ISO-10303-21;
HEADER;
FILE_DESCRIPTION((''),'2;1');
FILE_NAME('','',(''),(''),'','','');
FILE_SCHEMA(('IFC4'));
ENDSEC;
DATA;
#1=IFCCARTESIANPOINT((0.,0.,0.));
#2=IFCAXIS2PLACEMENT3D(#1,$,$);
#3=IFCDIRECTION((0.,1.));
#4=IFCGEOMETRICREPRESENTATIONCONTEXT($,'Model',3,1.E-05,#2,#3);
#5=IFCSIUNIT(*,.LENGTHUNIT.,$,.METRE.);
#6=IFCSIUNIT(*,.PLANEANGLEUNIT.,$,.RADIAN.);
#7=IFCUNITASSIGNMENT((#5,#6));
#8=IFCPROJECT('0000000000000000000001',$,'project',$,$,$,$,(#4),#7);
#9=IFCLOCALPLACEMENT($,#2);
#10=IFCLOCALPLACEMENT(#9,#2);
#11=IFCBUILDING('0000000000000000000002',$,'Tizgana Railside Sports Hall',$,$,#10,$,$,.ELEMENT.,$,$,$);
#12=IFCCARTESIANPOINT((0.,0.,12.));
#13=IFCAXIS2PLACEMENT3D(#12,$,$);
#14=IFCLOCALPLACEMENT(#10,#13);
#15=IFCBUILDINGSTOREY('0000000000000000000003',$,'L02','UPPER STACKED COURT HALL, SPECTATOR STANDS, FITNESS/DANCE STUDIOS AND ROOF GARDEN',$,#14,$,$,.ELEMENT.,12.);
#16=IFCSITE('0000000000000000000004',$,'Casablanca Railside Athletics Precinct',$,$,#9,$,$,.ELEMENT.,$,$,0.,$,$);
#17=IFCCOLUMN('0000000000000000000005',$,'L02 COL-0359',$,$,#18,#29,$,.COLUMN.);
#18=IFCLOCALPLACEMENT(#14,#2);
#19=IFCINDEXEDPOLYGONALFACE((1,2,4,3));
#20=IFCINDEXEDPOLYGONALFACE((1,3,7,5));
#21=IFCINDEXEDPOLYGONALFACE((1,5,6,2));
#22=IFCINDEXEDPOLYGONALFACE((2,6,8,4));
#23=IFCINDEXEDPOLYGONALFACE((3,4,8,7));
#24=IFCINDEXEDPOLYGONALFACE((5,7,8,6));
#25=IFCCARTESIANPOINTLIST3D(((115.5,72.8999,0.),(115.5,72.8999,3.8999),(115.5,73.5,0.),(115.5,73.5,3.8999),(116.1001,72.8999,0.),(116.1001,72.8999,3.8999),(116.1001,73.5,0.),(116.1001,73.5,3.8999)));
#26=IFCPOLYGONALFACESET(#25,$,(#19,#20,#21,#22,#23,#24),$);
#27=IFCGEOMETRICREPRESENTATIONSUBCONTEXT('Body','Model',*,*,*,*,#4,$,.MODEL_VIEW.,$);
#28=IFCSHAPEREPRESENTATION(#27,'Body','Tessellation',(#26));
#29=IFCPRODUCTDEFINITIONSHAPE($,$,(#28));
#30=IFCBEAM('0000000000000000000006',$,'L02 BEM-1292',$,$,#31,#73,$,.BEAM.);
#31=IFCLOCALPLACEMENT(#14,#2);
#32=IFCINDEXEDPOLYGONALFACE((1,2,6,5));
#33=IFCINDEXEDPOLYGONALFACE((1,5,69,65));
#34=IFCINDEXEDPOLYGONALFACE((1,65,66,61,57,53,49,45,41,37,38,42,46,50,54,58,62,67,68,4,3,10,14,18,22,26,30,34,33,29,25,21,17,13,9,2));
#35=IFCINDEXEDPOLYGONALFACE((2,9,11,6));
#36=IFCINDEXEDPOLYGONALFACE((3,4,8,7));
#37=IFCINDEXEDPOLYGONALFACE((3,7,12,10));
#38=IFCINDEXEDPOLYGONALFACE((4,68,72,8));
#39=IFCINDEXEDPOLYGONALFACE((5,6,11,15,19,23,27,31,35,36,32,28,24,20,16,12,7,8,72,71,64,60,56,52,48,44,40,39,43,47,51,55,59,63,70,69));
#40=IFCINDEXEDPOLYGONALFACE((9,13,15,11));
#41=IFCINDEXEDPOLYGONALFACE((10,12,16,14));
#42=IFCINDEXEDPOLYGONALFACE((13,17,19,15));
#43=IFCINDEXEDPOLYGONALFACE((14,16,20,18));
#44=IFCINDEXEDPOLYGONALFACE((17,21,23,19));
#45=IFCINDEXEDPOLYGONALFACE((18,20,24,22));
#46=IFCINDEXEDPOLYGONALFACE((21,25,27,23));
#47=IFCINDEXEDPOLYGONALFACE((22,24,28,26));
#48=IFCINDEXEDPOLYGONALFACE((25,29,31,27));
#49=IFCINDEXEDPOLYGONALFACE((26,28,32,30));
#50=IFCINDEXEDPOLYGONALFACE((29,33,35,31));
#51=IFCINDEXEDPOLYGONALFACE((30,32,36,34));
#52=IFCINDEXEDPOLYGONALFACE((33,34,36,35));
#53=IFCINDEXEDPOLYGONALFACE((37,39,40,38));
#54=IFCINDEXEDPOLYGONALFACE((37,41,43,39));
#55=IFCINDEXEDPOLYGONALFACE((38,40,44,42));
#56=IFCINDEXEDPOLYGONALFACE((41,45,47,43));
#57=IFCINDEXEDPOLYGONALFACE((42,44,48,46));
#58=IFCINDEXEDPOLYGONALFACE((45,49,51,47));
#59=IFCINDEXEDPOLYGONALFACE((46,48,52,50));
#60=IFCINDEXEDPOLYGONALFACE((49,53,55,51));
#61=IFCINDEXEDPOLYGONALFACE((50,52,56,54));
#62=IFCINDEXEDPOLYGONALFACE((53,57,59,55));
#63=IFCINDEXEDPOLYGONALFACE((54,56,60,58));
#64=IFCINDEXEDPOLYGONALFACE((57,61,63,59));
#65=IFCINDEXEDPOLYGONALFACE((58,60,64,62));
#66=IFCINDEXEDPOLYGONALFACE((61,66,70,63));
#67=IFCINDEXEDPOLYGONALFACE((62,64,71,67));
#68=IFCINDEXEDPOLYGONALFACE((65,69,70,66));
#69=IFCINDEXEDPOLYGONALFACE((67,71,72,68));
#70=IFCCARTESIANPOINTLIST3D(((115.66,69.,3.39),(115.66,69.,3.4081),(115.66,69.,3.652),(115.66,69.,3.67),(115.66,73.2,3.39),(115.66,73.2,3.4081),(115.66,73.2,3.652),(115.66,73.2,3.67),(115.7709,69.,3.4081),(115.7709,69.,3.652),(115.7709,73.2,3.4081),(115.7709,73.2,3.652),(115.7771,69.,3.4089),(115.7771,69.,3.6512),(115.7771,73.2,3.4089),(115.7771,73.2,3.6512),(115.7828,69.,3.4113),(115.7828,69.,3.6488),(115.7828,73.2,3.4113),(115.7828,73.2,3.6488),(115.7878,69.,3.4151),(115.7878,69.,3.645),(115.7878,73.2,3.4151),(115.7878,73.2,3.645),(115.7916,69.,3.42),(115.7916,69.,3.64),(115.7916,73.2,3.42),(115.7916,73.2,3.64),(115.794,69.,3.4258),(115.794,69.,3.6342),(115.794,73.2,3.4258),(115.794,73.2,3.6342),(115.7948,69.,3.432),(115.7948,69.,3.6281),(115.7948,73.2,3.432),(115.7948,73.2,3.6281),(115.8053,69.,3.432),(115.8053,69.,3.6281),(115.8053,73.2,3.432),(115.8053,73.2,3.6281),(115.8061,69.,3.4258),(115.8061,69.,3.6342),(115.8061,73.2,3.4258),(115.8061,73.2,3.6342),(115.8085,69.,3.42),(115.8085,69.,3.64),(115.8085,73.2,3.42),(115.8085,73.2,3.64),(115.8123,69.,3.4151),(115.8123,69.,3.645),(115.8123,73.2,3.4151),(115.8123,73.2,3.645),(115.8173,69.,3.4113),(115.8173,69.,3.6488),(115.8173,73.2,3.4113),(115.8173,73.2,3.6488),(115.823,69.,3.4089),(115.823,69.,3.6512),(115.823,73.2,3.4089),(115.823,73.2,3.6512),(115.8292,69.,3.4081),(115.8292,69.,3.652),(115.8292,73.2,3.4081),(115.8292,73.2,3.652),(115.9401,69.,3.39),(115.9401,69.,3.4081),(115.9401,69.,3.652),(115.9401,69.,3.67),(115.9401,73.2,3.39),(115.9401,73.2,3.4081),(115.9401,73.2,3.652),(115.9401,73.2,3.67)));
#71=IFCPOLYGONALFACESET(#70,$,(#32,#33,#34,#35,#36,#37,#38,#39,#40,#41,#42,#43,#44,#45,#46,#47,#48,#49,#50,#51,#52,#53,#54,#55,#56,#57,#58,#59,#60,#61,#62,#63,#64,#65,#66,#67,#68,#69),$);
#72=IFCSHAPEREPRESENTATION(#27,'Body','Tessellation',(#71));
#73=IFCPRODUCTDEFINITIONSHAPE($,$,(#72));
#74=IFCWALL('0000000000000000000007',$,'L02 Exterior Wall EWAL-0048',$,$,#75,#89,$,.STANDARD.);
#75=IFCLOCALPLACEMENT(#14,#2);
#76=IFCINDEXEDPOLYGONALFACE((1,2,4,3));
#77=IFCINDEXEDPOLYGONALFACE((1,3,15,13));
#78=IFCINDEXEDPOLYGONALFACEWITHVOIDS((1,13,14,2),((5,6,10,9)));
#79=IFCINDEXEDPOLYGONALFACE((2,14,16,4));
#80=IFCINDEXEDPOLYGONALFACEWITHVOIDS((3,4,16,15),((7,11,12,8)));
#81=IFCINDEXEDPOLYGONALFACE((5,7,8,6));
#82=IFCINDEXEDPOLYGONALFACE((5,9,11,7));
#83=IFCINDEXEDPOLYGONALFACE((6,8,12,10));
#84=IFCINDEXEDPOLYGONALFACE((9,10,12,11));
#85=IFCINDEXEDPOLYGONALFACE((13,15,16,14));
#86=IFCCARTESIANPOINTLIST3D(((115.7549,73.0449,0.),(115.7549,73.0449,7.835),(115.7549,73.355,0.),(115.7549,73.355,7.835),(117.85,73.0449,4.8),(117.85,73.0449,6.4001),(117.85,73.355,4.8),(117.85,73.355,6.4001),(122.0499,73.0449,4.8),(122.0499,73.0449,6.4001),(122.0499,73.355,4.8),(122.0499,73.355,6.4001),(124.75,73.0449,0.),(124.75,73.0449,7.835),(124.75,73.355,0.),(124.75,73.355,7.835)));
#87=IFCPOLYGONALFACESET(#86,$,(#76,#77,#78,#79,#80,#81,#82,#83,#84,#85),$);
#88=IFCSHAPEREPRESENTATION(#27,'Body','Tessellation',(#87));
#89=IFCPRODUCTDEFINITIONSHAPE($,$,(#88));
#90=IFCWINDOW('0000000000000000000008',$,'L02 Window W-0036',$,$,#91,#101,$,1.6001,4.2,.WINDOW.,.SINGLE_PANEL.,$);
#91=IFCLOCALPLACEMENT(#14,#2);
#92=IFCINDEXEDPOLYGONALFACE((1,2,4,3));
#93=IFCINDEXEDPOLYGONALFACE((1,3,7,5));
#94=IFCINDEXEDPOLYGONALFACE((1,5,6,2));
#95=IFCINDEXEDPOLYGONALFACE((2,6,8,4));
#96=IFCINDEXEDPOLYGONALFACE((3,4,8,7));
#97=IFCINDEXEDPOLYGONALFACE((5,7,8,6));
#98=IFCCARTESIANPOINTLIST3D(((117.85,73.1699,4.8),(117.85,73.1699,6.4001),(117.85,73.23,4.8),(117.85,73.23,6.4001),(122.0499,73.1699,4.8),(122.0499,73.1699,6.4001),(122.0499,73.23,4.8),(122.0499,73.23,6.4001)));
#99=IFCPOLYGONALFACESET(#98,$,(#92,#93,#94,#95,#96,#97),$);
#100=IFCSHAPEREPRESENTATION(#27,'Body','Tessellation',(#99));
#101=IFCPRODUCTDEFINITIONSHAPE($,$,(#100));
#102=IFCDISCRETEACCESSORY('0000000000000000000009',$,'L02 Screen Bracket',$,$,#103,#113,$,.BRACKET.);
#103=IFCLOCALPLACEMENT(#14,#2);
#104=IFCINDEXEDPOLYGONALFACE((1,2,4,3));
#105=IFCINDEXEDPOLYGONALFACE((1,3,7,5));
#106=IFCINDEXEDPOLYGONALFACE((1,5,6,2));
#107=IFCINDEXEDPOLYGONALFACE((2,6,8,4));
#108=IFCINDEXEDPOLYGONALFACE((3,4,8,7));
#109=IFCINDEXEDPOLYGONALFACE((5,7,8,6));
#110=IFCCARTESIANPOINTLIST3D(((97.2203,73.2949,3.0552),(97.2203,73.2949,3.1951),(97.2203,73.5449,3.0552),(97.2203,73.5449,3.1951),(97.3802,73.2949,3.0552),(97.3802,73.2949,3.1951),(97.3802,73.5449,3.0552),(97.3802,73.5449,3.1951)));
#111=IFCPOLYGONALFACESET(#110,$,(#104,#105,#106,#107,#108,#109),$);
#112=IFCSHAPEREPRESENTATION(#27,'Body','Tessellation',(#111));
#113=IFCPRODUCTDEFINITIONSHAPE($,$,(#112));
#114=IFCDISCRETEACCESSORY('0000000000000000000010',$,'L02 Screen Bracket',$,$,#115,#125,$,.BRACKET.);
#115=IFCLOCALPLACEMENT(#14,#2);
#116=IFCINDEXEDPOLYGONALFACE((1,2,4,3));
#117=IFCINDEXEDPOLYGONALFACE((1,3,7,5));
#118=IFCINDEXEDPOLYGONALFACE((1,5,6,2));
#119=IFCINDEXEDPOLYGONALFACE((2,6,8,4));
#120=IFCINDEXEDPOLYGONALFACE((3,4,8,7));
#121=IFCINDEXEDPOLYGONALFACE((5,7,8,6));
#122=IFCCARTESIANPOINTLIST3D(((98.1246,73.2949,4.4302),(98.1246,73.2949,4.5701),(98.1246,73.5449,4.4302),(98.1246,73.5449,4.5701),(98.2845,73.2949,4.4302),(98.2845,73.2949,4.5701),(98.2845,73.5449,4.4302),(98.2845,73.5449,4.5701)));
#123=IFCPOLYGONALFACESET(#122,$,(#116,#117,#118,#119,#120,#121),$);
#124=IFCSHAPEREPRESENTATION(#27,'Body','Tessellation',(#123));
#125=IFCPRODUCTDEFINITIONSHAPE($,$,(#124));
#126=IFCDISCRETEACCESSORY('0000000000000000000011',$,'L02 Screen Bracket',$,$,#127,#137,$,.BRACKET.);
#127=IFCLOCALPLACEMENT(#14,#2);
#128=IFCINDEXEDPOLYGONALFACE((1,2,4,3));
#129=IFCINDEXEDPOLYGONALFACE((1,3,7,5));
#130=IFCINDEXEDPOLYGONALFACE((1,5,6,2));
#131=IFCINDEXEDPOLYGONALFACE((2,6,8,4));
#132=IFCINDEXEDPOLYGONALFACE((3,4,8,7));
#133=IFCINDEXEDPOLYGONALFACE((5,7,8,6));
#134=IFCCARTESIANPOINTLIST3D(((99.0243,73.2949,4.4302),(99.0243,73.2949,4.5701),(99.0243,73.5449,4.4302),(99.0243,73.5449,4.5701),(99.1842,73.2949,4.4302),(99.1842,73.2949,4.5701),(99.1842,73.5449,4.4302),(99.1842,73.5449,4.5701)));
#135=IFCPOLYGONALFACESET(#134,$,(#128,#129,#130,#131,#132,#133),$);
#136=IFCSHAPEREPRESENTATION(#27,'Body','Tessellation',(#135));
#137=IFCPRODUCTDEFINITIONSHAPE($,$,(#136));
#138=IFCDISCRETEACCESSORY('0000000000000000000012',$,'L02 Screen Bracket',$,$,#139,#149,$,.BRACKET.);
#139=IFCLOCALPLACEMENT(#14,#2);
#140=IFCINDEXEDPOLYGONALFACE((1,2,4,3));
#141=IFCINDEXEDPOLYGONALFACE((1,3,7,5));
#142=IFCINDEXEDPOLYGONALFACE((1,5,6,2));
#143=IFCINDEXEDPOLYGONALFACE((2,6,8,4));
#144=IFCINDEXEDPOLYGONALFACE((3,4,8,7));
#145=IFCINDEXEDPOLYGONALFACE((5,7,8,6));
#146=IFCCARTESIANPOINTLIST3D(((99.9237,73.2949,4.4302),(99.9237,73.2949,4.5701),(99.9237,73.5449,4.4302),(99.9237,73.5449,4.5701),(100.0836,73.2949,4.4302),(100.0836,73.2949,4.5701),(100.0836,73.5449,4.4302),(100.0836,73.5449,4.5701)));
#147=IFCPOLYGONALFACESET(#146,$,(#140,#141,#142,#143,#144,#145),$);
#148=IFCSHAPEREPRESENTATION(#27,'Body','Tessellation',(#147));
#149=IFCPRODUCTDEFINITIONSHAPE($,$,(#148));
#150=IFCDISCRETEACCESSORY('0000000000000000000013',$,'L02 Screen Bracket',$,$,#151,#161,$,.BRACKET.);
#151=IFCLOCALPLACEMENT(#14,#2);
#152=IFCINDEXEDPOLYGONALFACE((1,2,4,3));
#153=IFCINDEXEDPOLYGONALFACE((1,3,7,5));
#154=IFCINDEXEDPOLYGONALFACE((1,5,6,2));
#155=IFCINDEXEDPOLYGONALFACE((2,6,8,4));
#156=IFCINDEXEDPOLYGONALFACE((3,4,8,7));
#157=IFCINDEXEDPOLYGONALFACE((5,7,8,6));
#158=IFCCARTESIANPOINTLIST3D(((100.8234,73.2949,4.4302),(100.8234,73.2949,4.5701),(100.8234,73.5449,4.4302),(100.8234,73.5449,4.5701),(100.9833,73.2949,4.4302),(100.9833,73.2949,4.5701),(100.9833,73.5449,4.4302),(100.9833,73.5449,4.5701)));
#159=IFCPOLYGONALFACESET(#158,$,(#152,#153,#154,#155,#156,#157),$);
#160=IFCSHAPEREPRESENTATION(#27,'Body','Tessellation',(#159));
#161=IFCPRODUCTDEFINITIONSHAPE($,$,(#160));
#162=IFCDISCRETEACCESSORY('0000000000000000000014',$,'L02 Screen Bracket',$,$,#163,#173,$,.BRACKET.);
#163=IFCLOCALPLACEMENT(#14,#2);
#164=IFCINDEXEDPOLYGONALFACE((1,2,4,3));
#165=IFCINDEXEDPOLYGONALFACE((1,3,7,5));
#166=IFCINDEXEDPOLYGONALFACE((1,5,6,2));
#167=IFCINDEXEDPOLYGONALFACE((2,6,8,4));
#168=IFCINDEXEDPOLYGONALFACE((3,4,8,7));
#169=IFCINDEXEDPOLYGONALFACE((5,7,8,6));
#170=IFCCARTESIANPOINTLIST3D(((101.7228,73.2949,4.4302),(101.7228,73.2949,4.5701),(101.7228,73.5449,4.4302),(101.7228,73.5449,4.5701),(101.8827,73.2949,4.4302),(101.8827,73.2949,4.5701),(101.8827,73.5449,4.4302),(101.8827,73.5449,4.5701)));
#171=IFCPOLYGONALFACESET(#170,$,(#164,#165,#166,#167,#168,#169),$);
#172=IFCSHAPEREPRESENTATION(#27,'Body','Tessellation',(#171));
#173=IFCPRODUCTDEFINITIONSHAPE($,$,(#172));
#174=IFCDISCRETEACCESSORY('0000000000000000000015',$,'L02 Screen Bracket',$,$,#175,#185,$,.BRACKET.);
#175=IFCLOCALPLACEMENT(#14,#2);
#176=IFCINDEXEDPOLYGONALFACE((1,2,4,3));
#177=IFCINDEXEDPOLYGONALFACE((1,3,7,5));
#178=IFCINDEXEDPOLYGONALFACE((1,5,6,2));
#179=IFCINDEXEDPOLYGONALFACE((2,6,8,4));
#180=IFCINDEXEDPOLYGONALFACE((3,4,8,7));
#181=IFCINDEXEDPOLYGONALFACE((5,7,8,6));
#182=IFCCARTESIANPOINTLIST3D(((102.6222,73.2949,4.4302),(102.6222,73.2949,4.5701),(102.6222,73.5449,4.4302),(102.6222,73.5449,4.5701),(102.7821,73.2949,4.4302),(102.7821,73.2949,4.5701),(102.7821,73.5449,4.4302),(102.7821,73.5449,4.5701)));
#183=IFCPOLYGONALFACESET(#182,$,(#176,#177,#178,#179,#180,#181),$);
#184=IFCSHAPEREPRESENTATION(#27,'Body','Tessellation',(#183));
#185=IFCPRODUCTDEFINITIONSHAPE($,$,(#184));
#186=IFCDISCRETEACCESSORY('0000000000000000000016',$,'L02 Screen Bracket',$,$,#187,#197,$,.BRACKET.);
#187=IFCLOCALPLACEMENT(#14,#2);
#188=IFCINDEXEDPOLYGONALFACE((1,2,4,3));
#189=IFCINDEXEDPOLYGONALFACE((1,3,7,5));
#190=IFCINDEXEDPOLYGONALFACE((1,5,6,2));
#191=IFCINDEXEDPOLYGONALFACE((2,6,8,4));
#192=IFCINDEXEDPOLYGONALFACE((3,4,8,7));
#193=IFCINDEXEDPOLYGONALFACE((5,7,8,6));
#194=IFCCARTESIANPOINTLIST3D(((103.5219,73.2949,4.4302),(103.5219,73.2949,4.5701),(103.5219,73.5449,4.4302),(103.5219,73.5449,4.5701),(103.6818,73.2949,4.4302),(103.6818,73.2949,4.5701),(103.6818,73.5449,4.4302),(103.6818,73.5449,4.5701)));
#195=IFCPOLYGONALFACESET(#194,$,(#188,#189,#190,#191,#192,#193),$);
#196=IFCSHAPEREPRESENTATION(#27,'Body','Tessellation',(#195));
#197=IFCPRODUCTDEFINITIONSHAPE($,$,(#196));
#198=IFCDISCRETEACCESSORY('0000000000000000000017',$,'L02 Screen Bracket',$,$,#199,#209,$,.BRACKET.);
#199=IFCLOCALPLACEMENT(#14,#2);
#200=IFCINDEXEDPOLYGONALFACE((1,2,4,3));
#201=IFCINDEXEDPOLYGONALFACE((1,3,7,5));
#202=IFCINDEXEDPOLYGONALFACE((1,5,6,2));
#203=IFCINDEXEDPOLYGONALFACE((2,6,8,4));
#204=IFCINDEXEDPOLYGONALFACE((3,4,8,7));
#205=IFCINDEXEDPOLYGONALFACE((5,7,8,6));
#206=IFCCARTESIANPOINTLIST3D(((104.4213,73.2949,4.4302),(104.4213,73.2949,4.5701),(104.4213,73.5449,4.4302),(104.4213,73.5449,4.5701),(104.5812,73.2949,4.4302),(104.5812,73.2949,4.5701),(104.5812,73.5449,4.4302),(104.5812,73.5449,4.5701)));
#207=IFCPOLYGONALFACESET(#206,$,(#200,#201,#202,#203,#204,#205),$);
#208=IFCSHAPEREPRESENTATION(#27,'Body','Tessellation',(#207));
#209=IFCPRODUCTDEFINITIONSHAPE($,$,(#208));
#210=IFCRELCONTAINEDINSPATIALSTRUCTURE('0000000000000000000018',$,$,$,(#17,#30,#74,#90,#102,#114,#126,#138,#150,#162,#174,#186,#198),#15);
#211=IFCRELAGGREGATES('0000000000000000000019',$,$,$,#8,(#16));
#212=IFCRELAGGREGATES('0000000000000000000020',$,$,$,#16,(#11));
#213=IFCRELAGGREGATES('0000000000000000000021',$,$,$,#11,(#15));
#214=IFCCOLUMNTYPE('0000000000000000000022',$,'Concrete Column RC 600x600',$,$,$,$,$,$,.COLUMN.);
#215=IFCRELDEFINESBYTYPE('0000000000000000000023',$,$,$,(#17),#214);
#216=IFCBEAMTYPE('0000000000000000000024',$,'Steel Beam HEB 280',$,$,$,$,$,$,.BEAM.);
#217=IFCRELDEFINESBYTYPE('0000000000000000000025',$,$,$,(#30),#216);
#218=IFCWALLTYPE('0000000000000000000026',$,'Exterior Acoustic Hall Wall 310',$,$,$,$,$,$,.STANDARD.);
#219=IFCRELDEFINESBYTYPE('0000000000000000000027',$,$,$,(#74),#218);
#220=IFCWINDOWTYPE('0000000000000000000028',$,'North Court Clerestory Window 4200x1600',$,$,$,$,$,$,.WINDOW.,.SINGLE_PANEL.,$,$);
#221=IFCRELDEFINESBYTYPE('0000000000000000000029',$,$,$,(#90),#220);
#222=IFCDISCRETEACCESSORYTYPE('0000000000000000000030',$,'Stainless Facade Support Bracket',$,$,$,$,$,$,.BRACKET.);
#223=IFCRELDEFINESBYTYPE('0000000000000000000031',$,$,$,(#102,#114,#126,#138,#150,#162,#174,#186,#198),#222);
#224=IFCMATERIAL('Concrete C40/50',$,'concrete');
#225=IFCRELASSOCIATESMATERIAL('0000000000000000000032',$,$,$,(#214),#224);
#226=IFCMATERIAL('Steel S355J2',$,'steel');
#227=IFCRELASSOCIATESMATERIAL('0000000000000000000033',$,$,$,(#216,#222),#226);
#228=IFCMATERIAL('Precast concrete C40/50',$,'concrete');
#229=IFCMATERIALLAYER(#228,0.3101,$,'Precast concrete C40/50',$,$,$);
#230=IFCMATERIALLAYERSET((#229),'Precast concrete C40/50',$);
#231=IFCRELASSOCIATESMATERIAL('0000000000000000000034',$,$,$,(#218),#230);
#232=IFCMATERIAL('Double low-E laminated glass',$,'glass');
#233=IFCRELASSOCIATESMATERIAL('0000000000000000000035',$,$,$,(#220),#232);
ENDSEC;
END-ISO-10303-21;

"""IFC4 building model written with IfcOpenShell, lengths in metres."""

from ifc_helpers import new_model, si_unit, direction, frame, frame_2d, origin, origin_2d, place, context, subcontext, project, spatial, rectangle, i_section, extrude, material, layer, layer_set, material_profile, profile_set, type_object, element, fill, save


model = new_model("IFC4")

# Units and contexts
model_context = context("Model", 3, precision=1e-05, world=origin(), true_north=direction((0.0, 1.0)))
body_context = subcontext(model_context, "Body", "Model", "MODEL_VIEW")
ifc_project = project(units=[si_unit("LENGTHUNIT", "METRE"), si_unit("PLANEANGLEUNIT", "RADIAN")], contexts=[model_context])

# Site, building, storey
site_placement = place(None, origin())
site = spatial("IfcSite", under=ifc_project, at=site_placement, Name="Casablanca Railside Athletics Precinct", CompositionType="ELEMENT", RefElevation=0.0)
building_placement = place(site_placement, origin())
building = spatial("IfcBuilding", under=site, at=building_placement, Name="Tizgana Railside Sports Hall", CompositionType="ELEMENT")
storey_placement = place(building_placement, frame((0.0, 0.0, 12.0)))
storey = spatial("IfcBuildingStorey", under=building, at=storey_placement, Name="L02", Description="UPPER STACKED COURT HALL, SPECTATOR STANDS, FITNESS/DANCE STUDIOS AND ROOF GARDEN", CompositionType="ELEMENT", Elevation=12.0)

# Column
ifc_material_1 = material(Name="Concrete C40/50", Category="concrete")
ifc_material_profile_1 = material_profile(ifc_material_1, rectangle(XDim=0.6001, YDim=0.6001, at=origin_2d()), Name="RC 600x600")
ifc_profile_set_1 = profile_set([ifc_material_profile_1], Name="Concrete C40/50")
column_type = type_object("IfcColumnType", Name="Concrete Column RC 600x600", PredefinedType="COLUMN", material=ifc_profile_set_1)
column_placement = place(storey_placement, frame((115.8, 73.2, 0.0), z_axis=(0.0, 0.0, 1.0), x_axis=(1.0, 0.0, 0.0)))
element("IfcColumn", 1, at=column_placement, inside=storey, type_object=column_type, Name="L02 COL-0359", PredefinedType="COLUMN", context=body_context, shape_type="SweptSolid", body=[
    extrude(rectangle(XDim=0.6001, YDim=0.6001, at=origin_2d()), origin(), (0.0, 0.0, 1.0), 3.8999),
])

# Beam
ifc_material_2 = material(Name="Steel S355J2", Category="steel")
ifc_material_profile_2 = material_profile(ifc_material_2, i_section(OverallWidth=0.28, OverallDepth=0.28, WebThickness=0.0105, FlangeThickness=0.0181, FilletRadius=0.0239, at=origin_2d()), Name="HEB 280")
ifc_profile_set_2 = profile_set([ifc_material_profile_2], Name="Steel S355J2")
beam_type = type_object("IfcBeamType", Name="Steel Beam HEB 280", PredefinedType="BEAM", material=ifc_profile_set_2)
beam_placement = place(storey_placement, frame((115.8, 73.2, 3.53), z_axis=(0.0, -1.0, 0.0), x_axis=(1.0, 0.0, 0.0)))
element("IfcBeam", 2, at=beam_placement, inside=storey, type_object=beam_type, Name="L02 BEM-1292", PredefinedType="BEAM", context=body_context, shape_type="SweptSolid", body=[
    extrude(i_section(OverallWidth=0.28, OverallDepth=0.28, WebThickness=0.0105, FlangeThickness=0.0181, FilletRadius=0.0239, at=origin_2d()), origin(), (0.0, 0.0, 1.0), 4.2),
])

# Wall, opening, window
ifc_material_3 = material(Name="Precast concrete C40/50", Category="concrete")
ifc_layer = layer(ifc_material_3, 0.3101, Name="Precast concrete C40/50")
ifc_layer_set = layer_set([ifc_layer], Name="Precast concrete C40/50")
wall_type = type_object("IfcWallType", Name="Exterior Acoustic Hall Wall 310", PredefinedType="STANDARD", material=ifc_layer_set)
wall_placement = place(storey_placement, frame((115.7549, 73.2, 0.0), z_axis=(0.0, 0.0, 1.0), x_axis=(1.0, 0.0, 0.0)))
wall = element("IfcWall", 3, at=wall_placement, inside=storey, type_object=wall_type, Name="L02 Exterior Wall EWAL-0048", PredefinedType="STANDARD", context=body_context, shape_type="SweptSolid", body=[
    extrude(rectangle(XDim=8.9951, YDim=0.3101, at=frame_2d((4.4976, 0.0))), origin(), (0.0, 0.0, 1.0), 7.835),
])
opening_placement = place(wall_placement, frame((2.095, 0.0, 4.8)))
opening = element("IfcOpeningElement", 4, at=opening_placement, cuts=wall, PredefinedType="OPENING", context=body_context, shape_type="SweptSolid", body=[
    extrude(rectangle(XDim=4.2, YDim=1.6001, at=frame_2d((2.1001, 0.8))), frame((0.0, 0.165, 0.0), z_axis=(0.0, -1.0, 0.0), x_axis=(1.0, 0.0, 0.0)), (0.0, 0.0, 1.0), 0.3301),
])
ifc_material_4 = material(Name="Double low-E laminated glass", Category="glass")
window_type = type_object("IfcWindowType", Name="North Court Clerestory Window 4200x1600", PartitioningType="SINGLE_PANEL", PredefinedType="WINDOW", material=ifc_material_4)
window_placement = place(opening_placement, origin())
window = element("IfcWindow", 5, at=window_placement, inside=storey, type_object=window_type, Name="L02 Window W-0036", OverallHeight=1.6001, OverallWidth=4.2, PartitioningType="SINGLE_PANEL", PredefinedType="WINDOW", context=body_context, shape_type="SweptSolid", body=[
    extrude(rectangle(XDim=4.2, YDim=1.6001, at=frame_2d((2.1001, 0.8))), frame((0.0, 0.03, 0.0), z_axis=(0.0, -1.0, 0.0), x_axis=(1.0, 0.0, 0.0)), (0.0, 0.0, 1.0), 0.0601),
])
fill(opening, window)

# Discrete accessories
discrete_accessory_type = type_object("IfcDiscreteAccessoryType", Name="Stainless Facade Support Bracket", PredefinedType="BRACKET", material=ifc_material_2)
for number, where, z_axis, x_axis, name in (
    (6, (97.3003, 73.4199, 3.0552), (0.0, 0.0, 1.0), (1.0, 0.0, 0.0), "L02 Screen Bracket"),
    (7, (98.2046, 73.4199, 4.4302), (0.0, 0.0, 1.0), (1.0, 0.0, 0.0), "L02 Screen Bracket"),
    (8, (99.1042, 73.4199, 4.4302), (0.0, 0.0, 1.0), (1.0, 0.0, 0.0), "L02 Screen Bracket"),
    (9, (100.0037, 73.4199, 4.4302), (0.0, 0.0, 1.0), (1.0, 0.0, 0.0), "L02 Screen Bracket"),
    (10, (100.9033, 73.4199, 4.4302), (0.0, 0.0, 1.0), (1.0, 0.0, 0.0), "L02 Screen Bracket"),
    (11, (101.8027, 73.4199, 4.4302), (0.0, 0.0, 1.0), (1.0, 0.0, 0.0), "L02 Screen Bracket"),
    (12, (102.7021, 73.4199, 4.4302), (0.0, 0.0, 1.0), (1.0, 0.0, 0.0), "L02 Screen Bracket"),
    (13, (103.6018, 73.4199, 4.4302), (0.0, 0.0, 1.0), (1.0, 0.0, 0.0), "L02 Screen Bracket"),
    (14, (104.5012, 73.4199, 4.4302), (0.0, 0.0, 1.0), (1.0, 0.0, 0.0), "L02 Screen Bracket"),
):
    element("IfcDiscreteAccessory", number, at=place(storey_placement, frame(where, z_axis=z_axis, x_axis=x_axis)), inside=storey, type_object=discrete_accessory_type, Name=name, PredefinedType="BRACKET", context=body_context, shape_type="SweptSolid", body=[
        extrude(rectangle(XDim=0.1599, YDim=0.25, at=origin_2d()), origin(), (0.0, 0.0, 1.0), 0.1399),
    ])

save(model, "model.ifc")
